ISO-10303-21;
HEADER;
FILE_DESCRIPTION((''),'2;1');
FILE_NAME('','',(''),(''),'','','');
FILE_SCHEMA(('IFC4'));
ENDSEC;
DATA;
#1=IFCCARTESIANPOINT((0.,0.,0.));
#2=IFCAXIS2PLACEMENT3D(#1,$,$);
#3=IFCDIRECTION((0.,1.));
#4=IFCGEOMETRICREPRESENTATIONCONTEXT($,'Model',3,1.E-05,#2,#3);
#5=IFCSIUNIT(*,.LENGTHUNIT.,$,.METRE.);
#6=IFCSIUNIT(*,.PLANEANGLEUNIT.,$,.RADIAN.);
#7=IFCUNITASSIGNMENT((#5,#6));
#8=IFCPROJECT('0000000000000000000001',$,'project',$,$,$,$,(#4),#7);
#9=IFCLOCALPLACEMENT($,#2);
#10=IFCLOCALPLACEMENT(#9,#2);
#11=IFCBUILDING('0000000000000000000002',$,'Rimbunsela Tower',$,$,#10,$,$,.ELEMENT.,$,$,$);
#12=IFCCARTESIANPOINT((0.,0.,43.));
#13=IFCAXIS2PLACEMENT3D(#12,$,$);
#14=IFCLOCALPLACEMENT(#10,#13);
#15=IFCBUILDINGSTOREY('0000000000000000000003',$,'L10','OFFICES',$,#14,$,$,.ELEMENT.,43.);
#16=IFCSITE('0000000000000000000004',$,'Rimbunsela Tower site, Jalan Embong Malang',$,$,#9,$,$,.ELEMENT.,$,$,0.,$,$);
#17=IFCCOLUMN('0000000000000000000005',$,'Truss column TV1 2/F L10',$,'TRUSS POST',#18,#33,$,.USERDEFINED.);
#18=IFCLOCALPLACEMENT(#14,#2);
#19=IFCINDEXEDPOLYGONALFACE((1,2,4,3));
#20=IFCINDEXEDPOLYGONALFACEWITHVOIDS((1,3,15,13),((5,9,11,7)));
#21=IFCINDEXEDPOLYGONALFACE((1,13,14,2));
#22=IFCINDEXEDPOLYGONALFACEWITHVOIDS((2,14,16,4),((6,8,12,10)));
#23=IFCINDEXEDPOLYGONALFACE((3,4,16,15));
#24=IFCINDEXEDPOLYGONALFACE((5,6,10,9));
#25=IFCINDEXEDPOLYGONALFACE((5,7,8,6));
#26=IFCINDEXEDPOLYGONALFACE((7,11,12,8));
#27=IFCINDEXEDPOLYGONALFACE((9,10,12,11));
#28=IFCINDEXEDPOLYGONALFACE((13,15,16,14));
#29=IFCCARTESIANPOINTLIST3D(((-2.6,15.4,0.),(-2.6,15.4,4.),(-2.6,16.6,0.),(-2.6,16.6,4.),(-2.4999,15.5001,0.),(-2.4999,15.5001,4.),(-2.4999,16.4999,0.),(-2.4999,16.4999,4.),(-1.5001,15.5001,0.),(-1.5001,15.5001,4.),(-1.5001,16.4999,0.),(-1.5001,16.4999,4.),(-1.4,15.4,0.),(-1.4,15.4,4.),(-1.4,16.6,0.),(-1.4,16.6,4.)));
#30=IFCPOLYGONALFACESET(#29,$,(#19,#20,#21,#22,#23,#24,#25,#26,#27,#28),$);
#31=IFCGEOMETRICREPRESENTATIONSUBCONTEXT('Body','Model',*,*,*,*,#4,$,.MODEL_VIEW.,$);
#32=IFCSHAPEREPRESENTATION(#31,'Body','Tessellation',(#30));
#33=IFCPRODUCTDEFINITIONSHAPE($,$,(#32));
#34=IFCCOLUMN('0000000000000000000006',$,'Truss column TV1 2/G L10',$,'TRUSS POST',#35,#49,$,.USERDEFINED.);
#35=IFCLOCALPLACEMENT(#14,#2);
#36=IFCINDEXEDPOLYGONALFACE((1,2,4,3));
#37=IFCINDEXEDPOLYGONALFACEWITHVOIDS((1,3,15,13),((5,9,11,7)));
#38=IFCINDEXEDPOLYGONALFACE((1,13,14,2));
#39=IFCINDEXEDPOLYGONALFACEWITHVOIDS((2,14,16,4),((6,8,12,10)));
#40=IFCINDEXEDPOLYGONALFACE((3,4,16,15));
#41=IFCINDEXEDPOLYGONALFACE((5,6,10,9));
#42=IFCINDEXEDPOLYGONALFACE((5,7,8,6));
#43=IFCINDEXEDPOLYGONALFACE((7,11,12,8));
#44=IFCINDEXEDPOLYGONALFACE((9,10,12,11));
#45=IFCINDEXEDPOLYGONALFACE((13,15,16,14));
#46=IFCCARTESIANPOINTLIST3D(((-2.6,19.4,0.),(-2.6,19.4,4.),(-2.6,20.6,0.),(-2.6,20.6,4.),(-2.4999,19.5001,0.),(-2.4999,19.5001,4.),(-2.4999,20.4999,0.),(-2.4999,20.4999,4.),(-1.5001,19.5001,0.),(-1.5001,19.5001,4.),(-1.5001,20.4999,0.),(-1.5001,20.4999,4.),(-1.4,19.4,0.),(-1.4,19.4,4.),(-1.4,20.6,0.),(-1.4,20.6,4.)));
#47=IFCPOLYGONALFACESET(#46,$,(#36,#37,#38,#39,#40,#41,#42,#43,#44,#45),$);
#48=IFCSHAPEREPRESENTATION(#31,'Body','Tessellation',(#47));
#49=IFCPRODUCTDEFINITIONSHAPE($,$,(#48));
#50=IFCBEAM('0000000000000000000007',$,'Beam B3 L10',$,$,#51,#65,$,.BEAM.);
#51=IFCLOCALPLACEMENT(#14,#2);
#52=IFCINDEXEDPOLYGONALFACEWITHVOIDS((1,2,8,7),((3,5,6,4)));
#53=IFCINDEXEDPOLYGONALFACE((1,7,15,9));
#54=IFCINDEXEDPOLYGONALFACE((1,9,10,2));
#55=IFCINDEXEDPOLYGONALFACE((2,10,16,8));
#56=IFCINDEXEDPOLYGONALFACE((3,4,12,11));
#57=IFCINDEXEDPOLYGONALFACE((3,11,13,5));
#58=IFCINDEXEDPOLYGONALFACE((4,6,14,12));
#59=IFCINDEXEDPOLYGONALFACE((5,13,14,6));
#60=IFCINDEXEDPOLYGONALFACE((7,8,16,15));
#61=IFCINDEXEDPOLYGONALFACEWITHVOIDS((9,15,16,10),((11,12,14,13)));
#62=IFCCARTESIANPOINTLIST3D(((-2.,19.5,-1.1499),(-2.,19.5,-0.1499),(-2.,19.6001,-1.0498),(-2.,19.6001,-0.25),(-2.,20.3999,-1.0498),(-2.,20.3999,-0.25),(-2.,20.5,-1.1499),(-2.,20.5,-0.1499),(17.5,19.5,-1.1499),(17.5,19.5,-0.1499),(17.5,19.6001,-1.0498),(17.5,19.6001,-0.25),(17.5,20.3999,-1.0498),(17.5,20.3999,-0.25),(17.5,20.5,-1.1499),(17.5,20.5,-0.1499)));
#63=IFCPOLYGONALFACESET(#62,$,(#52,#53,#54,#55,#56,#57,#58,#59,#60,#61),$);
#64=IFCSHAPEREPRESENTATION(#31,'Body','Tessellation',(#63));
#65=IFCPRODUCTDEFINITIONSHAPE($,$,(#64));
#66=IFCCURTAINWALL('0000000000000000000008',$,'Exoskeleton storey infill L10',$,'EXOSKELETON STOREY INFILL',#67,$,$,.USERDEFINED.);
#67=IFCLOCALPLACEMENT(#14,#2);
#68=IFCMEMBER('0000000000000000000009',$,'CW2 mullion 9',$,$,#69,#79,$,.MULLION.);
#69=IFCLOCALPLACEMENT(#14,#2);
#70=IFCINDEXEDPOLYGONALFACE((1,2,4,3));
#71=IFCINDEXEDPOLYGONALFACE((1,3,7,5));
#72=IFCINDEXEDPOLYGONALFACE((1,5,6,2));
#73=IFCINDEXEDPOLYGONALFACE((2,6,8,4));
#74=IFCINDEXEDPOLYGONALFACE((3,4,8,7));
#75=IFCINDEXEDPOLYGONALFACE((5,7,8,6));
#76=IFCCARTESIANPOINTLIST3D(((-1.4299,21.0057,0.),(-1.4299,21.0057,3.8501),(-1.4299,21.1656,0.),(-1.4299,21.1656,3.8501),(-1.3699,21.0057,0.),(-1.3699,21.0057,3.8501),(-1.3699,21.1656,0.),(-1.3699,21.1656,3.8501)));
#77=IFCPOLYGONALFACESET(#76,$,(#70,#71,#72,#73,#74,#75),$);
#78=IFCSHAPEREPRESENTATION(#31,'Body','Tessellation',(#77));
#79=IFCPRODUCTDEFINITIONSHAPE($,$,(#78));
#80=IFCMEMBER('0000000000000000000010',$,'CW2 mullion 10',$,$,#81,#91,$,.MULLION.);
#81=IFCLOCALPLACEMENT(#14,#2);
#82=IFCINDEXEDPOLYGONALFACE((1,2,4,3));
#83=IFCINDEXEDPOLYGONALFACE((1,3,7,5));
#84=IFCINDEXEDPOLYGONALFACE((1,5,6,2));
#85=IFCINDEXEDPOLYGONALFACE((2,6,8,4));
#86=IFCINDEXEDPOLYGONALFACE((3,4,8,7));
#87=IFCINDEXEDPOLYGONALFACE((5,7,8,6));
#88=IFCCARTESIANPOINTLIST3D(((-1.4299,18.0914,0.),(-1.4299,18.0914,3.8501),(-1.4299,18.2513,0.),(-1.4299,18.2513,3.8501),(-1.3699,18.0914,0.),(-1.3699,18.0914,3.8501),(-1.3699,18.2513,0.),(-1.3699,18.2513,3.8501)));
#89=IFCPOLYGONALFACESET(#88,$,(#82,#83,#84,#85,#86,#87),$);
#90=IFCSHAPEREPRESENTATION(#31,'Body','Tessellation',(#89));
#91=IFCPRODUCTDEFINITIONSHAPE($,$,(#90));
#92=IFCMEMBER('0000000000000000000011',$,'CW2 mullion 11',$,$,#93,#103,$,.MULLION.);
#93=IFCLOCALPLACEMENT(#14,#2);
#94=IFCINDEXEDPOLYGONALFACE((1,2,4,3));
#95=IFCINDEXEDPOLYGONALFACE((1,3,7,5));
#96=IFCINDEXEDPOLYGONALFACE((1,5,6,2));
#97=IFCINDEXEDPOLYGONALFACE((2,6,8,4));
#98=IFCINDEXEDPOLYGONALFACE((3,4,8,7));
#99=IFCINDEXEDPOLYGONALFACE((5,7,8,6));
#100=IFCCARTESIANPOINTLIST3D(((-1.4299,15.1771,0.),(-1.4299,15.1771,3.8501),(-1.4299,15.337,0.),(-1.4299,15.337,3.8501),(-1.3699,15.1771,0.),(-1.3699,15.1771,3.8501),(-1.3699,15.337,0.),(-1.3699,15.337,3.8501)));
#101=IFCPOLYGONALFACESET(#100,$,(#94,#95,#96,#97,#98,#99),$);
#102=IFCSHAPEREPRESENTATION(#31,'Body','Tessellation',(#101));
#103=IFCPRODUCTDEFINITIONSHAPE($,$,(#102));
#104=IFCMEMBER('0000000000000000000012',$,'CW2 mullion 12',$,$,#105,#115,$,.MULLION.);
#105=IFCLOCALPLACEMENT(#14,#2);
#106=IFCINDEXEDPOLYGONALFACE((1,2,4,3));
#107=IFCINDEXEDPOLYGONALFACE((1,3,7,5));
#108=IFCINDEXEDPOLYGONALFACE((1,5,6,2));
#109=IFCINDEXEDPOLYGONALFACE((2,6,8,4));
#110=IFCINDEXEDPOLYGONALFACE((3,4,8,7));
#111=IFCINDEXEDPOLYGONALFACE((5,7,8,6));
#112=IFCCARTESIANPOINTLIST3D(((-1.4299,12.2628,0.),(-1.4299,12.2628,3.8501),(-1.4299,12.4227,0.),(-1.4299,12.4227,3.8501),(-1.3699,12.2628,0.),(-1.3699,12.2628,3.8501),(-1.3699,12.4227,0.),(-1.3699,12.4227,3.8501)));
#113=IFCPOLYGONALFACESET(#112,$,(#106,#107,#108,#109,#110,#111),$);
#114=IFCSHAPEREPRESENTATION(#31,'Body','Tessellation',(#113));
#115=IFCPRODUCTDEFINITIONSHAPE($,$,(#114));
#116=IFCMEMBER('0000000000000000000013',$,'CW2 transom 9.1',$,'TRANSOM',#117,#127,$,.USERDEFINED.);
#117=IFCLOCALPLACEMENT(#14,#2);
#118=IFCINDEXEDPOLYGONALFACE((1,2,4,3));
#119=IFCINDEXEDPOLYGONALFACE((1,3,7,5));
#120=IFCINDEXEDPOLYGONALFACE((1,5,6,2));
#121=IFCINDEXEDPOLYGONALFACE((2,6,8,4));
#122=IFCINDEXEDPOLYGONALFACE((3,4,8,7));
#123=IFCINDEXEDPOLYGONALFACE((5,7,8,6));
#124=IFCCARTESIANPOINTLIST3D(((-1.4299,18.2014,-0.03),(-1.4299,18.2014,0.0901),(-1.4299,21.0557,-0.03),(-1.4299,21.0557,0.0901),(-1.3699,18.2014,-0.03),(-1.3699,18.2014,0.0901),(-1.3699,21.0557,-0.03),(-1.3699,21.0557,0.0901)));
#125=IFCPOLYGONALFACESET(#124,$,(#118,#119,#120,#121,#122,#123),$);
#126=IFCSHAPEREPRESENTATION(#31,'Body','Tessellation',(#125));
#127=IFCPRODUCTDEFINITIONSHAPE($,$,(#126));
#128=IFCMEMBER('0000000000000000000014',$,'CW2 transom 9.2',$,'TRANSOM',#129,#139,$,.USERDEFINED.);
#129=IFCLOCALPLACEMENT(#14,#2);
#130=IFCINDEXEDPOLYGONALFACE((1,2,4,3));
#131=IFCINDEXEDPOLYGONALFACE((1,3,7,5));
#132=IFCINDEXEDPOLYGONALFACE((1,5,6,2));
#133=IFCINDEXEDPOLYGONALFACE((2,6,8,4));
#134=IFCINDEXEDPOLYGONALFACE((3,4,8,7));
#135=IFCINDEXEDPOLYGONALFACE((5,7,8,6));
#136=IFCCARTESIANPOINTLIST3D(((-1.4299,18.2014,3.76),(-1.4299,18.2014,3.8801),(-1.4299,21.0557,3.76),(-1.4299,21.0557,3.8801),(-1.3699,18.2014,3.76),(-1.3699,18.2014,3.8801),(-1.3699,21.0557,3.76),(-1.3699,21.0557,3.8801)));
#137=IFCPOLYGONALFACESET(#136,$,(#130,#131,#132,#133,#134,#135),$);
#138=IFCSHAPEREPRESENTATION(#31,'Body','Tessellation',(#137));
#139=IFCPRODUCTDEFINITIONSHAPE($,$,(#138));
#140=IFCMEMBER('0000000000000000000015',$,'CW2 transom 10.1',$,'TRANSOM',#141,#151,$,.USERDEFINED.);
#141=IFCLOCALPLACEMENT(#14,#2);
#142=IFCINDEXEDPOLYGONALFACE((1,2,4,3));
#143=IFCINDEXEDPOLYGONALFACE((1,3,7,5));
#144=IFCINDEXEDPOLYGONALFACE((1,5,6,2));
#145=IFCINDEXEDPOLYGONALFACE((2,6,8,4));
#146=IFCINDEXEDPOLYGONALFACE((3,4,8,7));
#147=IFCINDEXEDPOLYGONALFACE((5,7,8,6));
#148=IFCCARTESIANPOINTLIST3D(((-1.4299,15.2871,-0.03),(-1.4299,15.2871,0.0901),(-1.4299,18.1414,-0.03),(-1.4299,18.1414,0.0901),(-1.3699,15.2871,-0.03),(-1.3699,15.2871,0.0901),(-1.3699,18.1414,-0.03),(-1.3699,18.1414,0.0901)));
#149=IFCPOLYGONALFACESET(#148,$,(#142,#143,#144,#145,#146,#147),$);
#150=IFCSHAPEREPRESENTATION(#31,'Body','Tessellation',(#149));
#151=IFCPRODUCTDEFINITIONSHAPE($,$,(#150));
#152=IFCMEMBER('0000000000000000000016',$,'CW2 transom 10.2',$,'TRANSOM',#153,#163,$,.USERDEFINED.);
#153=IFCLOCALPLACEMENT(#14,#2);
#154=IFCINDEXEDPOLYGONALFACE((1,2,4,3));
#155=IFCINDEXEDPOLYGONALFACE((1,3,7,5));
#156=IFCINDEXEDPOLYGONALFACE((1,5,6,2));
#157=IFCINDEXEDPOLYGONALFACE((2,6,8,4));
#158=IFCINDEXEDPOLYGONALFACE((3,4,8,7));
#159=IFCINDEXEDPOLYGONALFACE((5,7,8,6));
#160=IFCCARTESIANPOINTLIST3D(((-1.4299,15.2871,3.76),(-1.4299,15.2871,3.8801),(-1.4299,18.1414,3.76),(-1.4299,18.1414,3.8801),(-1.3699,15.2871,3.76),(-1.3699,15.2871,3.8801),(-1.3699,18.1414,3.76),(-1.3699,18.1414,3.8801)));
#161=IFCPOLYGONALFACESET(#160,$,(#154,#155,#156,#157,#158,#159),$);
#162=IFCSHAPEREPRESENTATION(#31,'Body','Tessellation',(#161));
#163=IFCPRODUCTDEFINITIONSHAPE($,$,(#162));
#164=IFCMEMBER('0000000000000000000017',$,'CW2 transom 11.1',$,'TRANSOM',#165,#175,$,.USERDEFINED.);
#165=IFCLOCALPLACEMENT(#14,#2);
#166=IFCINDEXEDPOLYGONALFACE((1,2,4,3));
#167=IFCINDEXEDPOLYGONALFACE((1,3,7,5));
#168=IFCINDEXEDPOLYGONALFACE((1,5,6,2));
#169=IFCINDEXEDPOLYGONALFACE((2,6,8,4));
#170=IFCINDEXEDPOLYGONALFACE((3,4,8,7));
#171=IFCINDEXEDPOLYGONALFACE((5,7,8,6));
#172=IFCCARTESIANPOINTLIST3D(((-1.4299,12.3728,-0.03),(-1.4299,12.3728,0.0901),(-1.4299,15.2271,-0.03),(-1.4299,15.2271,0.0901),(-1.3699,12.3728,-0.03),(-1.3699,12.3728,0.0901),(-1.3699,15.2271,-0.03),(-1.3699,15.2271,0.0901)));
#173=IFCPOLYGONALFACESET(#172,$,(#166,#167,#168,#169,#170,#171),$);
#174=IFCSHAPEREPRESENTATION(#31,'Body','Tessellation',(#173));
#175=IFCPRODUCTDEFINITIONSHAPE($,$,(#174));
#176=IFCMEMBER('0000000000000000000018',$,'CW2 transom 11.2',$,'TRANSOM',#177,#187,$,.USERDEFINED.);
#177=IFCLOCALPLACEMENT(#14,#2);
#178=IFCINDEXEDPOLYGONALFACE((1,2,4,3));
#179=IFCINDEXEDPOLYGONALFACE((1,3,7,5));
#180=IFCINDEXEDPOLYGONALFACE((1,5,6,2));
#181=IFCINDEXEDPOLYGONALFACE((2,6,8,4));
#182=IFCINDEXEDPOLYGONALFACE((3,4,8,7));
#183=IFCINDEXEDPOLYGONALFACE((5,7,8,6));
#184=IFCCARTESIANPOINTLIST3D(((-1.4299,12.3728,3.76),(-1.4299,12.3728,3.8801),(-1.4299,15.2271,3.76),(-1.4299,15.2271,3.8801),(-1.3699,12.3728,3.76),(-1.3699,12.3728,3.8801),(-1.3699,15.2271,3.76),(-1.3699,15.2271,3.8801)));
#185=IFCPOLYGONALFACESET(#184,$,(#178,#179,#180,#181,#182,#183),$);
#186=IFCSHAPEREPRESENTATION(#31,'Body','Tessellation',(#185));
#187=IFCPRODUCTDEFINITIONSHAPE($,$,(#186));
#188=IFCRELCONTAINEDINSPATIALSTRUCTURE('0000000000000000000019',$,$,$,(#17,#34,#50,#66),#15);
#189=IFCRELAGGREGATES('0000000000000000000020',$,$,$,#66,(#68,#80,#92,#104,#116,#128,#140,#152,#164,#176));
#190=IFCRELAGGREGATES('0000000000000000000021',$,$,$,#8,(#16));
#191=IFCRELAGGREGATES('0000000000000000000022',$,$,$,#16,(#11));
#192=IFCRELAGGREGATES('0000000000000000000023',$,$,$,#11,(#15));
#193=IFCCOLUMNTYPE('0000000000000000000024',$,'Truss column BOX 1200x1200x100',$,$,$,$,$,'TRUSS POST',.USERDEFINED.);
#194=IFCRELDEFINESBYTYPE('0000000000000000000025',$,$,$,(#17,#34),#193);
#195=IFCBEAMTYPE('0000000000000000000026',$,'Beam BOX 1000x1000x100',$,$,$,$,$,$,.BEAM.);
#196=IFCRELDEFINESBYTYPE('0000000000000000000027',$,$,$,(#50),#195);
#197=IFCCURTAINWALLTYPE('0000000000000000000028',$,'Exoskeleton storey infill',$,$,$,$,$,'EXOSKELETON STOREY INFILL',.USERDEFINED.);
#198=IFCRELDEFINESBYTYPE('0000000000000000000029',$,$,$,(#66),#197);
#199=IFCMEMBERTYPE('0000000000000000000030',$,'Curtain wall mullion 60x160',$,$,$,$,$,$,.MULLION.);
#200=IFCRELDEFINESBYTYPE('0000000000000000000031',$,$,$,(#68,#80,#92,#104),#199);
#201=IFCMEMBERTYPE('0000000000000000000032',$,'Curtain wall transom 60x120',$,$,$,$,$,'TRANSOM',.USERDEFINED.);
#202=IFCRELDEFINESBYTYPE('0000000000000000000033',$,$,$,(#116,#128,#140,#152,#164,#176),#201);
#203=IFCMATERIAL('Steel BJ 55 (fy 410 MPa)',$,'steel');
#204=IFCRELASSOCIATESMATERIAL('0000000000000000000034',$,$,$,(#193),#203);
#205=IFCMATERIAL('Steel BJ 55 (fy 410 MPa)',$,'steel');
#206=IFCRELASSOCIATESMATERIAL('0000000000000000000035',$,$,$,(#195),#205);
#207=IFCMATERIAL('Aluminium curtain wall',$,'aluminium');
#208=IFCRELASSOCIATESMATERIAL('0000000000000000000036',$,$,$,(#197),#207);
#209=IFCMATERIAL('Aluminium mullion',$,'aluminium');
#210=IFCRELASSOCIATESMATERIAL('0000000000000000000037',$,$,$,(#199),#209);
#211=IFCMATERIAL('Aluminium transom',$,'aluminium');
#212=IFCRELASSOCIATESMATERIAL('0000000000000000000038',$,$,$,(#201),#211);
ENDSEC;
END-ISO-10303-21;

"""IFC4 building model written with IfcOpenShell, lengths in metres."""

from ifc_helpers import new_model, si_unit, direction, frame, origin, origin_2d, place, context, subcontext, project, spatial, rectangle, hollow_rectangle, extrude, material, material_profile, profile_set, type_object, element, aggregate, save


model = new_model("IFC4")

# Units and contexts
model_context = context("Model", 3, precision=1e-05, world=origin(), true_north=direction((0.0, 1.0)))
body_context = subcontext(model_context, "Body", "Model", "MODEL_VIEW")
ifc_project = project(units=[si_unit("LENGTHUNIT", "METRE"), si_unit("PLANEANGLEUNIT", "RADIAN")], contexts=[model_context])

# Site, building, storey
site_placement = place(None, origin())
site = spatial("IfcSite", under=ifc_project, at=site_placement, Name="Rimbunsela Tower site, Jalan Embong Malang", CompositionType="ELEMENT", RefElevation=0.0)
building_placement = place(site_placement, origin())
building = spatial("IfcBuilding", under=site, at=building_placement, Name="Rimbunsela Tower", CompositionType="ELEMENT")
storey_placement = place(building_placement, frame((0.0, 0.0, 43.0)))
storey = spatial("IfcBuildingStorey", under=building, at=storey_placement, Name="L10", Description="OFFICES", CompositionType="ELEMENT", Elevation=43.0)

# Columns
ifc_material_1 = material(Name="Steel BJ 55 (fy 410 MPa)", Category="steel")
ifc_material_profile_1 = material_profile(ifc_material_1, hollow_rectangle(XDim=1.2, YDim=1.2, WallThickness=0.1001, at=origin_2d()), Name="BOX 1200x1200x100")
ifc_profile_set_1 = profile_set([ifc_material_profile_1], Name="Steel BJ 55 (fy 410 MPa)")
column_type = type_object("IfcColumnType", Name="Truss column BOX 1200x1200x100", ElementType="TRUSS POST", PredefinedType="USERDEFINED", material=ifc_profile_set_1)
for number, where, z_axis, x_axis, name in (
    (1, (-2.0, 16.0, 0.0), (0.0, 0.0, 1.0), (1.0, 0.0, 0.0), "Truss column TV1 2/F L10"),
    (2, (-2.0, 20.0, 0.0), (0.0, 0.0, 1.0), (1.0, 0.0, 0.0), "Truss column TV1 2/G L10"),
):
    element("IfcColumn", number, at=place(storey_placement, frame(where, z_axis=z_axis, x_axis=x_axis)), inside=storey, type_object=column_type, Name=name, ObjectType="TRUSS POST", PredefinedType="USERDEFINED", context=body_context, shape_type="SweptSolid", body=[
        extrude(hollow_rectangle(XDim=1.2, YDim=1.2, WallThickness=0.1001, at=origin_2d()), origin(), (0.0, 0.0, 1.0), 4.0),
    ])

# Beam
ifc_material_2 = material(Name="Steel BJ 55 (fy 410 MPa)", Category="steel")
ifc_material_profile_2 = material_profile(ifc_material_2, hollow_rectangle(XDim=1.0, YDim=1.0, WallThickness=0.1001, at=origin_2d()), Name="BOX 1000x1000x100")
ifc_profile_set_2 = profile_set([ifc_material_profile_2], Name="Steel BJ 55 (fy 410 MPa)")
beam_type_1 = type_object("IfcBeamType", Name="Beam BOX 1000x1000x100", PredefinedType="BEAM", material=ifc_profile_set_2)
beam_placement = place(storey_placement, frame((-2.0, 20.0, -0.6499), z_axis=(1.0, 0.0, 0.0), x_axis=(0.0, 1.0, 0.0)))
element("IfcBeam", 3, at=beam_placement, inside=storey, type_object=beam_type_1, Name="Beam B3 L10", PredefinedType="BEAM", context=body_context, shape_type="SweptSolid", body=[
    extrude(hollow_rectangle(XDim=1.0, YDim=1.0, WallThickness=0.1001, at=origin_2d()), origin(), (0.0, 0.0, 1.0), 19.5),
])

# Curtain wall, members
ifc_material_3 = material(Name="Aluminium curtain wall", Category="aluminium")
curtain_wall_type = type_object("IfcCurtainWallType", Name="Exoskeleton storey infill", ElementType="EXOSKELETON STOREY INFILL", PredefinedType="USERDEFINED", material=ifc_material_3)
curtain_wall_placement = place(storey_placement, origin())
curtain_wall = element("IfcCurtainWall", 4, at=curtain_wall_placement, inside=storey, type_object=curtain_wall_type, Name="Exoskeleton storey infill L10", ObjectType="EXOSKELETON STOREY INFILL", PredefinedType="USERDEFINED")
ifc_material_4 = material(Name="Aluminium mullion", Category="aluminium")
ifc_material_profile_3 = material_profile(ifc_material_4, rectangle(XDim=0.0601, YDim=0.1599, at=origin_2d()), Name="Mullion 60x160")
ifc_profile_set_3 = profile_set([ifc_material_profile_3], Name="Aluminium mullion")
member_type_1 = type_object("IfcMemberType", Name="Curtain wall mullion 60x160", PredefinedType="MULLION", material=ifc_profile_set_3)
member_1_placement = place(storey_placement, frame((-1.3999, 21.0857, 0.0), z_axis=(0.0, 0.0, 1.0), x_axis=(1.0, 0.0, 0.0)))
member_1 = element("IfcMember", 5, at=member_1_placement, type_object=member_type_1, Name="CW2 mullion 9", PredefinedType="MULLION", context=body_context, shape_type="SweptSolid", body=[
    extrude(rectangle(XDim=0.0601, YDim=0.1599, at=origin_2d()), origin(), (0.0, 0.0, 1.0), 3.8501),
])
member_2_placement = place(storey_placement, frame((-1.3999, 18.1714, 0.0), z_axis=(0.0, 0.0, 1.0), x_axis=(1.0, 0.0, 0.0)))
member_2 = element("IfcMember", 6, at=member_2_placement, type_object=member_type_1, Name="CW2 mullion 10", PredefinedType="MULLION", context=body_context, shape_type="SweptSolid", body=[
    extrude(rectangle(XDim=0.0601, YDim=0.1599, at=origin_2d()), origin(), (0.0, 0.0, 1.0), 3.8501),
])
member_3_placement = place(storey_placement, frame((-1.3999, 15.2571, 0.0), z_axis=(0.0, 0.0, 1.0), x_axis=(1.0, 0.0, 0.0)))
member_3 = element("IfcMember", 7, at=member_3_placement, type_object=member_type_1, Name="CW2 mullion 11", PredefinedType="MULLION", context=body_context, shape_type="SweptSolid", body=[
    extrude(rectangle(XDim=0.0601, YDim=0.1599, at=origin_2d()), origin(), (0.0, 0.0, 1.0), 3.8501),
])
member_4_placement = place(storey_placement, frame((-1.3999, 12.3428, 0.0), z_axis=(0.0, 0.0, 1.0), x_axis=(1.0, 0.0, 0.0)))
member_4 = element("IfcMember", 8, at=member_4_placement, type_object=member_type_1, Name="CW2 mullion 12", PredefinedType="MULLION", context=body_context, shape_type="SweptSolid", body=[
    extrude(rectangle(XDim=0.0601, YDim=0.1599, at=origin_2d()), origin(), (0.0, 0.0, 1.0), 3.8501),
])
ifc_material_5 = material(Name="Aluminium transom", Category="aluminium")
ifc_material_profile_4 = material_profile(ifc_material_5, rectangle(XDim=0.0601, YDim=0.1201, at=origin_2d()), Name="Transom 60x120")
ifc_profile_set_4 = profile_set([ifc_material_profile_4], Name="Aluminium transom")
member_type_2 = type_object("IfcMemberType", Name="Curtain wall transom 60x120", ElementType="TRANSOM", PredefinedType="USERDEFINED", material=ifc_profile_set_4)
member_5_placement = place(storey_placement, frame((-1.3999, 21.0557, 0.03), z_axis=(0.0, -1.0, 0.0), x_axis=(1.0, 0.0, 0.0)))
member_5 = element("IfcMember", 9, at=member_5_placement, type_object=member_type_2, Name="CW2 transom 9.1", ObjectType="TRANSOM", PredefinedType="USERDEFINED", context=body_context, shape_type="SweptSolid", body=[
    extrude(rectangle(XDim=0.0601, YDim=0.1201, at=origin_2d()), origin(), (0.0, 0.0, 1.0), 2.8542),
])
member_6_placement = place(storey_placement, frame((-1.3999, 21.0557, 3.8201), z_axis=(0.0, -1.0, 0.0), x_axis=(1.0, 0.0, 0.0)))
member_6 = element("IfcMember", 10, at=member_6_placement, type_object=member_type_2, Name="CW2 transom 9.2", ObjectType="TRANSOM", PredefinedType="USERDEFINED", context=body_context, shape_type="SweptSolid", body=[
    extrude(rectangle(XDim=0.0601, YDim=0.1201, at=origin_2d()), origin(), (0.0, 0.0, 1.0), 2.8542),
])
member_7_placement = place(storey_placement, frame((-1.3999, 18.1414, 0.03), z_axis=(0.0, -1.0, 0.0), x_axis=(1.0, 0.0, 0.0)))
member_7 = element("IfcMember", 11, at=member_7_placement, type_object=member_type_2, Name="CW2 transom 10.1", ObjectType="TRANSOM", PredefinedType="USERDEFINED", context=body_context, shape_type="SweptSolid", body=[
    extrude(rectangle(XDim=0.0601, YDim=0.1201, at=origin_2d()), origin(), (0.0, 0.0, 1.0), 2.8542),
])
member_8_placement = place(storey_placement, frame((-1.3999, 18.1414, 3.8201), z_axis=(0.0, -1.0, 0.0), x_axis=(1.0, 0.0, 0.0)))
member_8 = element("IfcMember", 12, at=member_8_placement, type_object=member_type_2, Name="CW2 transom 10.2", ObjectType="TRANSOM", PredefinedType="USERDEFINED", context=body_context, shape_type="SweptSolid", body=[
    extrude(rectangle(XDim=0.0601, YDim=0.1201, at=origin_2d()), origin(), (0.0, 0.0, 1.0), 2.8542),
])
member_9_placement = place(storey_placement, frame((-1.3999, 15.2271, 0.03), z_axis=(0.0, -1.0, 0.0), x_axis=(1.0, 0.0, 0.0)))
member_9 = element("IfcMember", 13, at=member_9_placement, type_object=member_type_2, Name="CW2 transom 11.1", ObjectType="TRANSOM", PredefinedType="USERDEFINED", context=body_context, shape_type="SweptSolid", body=[
    extrude(rectangle(XDim=0.0601, YDim=0.1201, at=origin_2d()), origin(), (0.0, 0.0, 1.0), 2.8542),
])
member_10_placement = place(storey_placement, frame((-1.3999, 15.2271, 3.8201), z_axis=(0.0, -1.0, 0.0), x_axis=(1.0, 0.0, 0.0)))
member_10 = element("IfcMember", 14, at=member_10_placement, type_object=member_type_2, Name="CW2 transom 11.2", ObjectType="TRANSOM", PredefinedType="USERDEFINED", context=body_context, shape_type="SweptSolid", body=[
    extrude(rectangle(XDim=0.0601, YDim=0.1201, at=origin_2d()), origin(), (0.0, 0.0, 1.0), 2.8542),
])

aggregate(curtain_wall, [member_1, member_2, member_3, member_4, member_5, member_6, member_7, member_8, member_9, member_10])

save(model, "model.ifc")
